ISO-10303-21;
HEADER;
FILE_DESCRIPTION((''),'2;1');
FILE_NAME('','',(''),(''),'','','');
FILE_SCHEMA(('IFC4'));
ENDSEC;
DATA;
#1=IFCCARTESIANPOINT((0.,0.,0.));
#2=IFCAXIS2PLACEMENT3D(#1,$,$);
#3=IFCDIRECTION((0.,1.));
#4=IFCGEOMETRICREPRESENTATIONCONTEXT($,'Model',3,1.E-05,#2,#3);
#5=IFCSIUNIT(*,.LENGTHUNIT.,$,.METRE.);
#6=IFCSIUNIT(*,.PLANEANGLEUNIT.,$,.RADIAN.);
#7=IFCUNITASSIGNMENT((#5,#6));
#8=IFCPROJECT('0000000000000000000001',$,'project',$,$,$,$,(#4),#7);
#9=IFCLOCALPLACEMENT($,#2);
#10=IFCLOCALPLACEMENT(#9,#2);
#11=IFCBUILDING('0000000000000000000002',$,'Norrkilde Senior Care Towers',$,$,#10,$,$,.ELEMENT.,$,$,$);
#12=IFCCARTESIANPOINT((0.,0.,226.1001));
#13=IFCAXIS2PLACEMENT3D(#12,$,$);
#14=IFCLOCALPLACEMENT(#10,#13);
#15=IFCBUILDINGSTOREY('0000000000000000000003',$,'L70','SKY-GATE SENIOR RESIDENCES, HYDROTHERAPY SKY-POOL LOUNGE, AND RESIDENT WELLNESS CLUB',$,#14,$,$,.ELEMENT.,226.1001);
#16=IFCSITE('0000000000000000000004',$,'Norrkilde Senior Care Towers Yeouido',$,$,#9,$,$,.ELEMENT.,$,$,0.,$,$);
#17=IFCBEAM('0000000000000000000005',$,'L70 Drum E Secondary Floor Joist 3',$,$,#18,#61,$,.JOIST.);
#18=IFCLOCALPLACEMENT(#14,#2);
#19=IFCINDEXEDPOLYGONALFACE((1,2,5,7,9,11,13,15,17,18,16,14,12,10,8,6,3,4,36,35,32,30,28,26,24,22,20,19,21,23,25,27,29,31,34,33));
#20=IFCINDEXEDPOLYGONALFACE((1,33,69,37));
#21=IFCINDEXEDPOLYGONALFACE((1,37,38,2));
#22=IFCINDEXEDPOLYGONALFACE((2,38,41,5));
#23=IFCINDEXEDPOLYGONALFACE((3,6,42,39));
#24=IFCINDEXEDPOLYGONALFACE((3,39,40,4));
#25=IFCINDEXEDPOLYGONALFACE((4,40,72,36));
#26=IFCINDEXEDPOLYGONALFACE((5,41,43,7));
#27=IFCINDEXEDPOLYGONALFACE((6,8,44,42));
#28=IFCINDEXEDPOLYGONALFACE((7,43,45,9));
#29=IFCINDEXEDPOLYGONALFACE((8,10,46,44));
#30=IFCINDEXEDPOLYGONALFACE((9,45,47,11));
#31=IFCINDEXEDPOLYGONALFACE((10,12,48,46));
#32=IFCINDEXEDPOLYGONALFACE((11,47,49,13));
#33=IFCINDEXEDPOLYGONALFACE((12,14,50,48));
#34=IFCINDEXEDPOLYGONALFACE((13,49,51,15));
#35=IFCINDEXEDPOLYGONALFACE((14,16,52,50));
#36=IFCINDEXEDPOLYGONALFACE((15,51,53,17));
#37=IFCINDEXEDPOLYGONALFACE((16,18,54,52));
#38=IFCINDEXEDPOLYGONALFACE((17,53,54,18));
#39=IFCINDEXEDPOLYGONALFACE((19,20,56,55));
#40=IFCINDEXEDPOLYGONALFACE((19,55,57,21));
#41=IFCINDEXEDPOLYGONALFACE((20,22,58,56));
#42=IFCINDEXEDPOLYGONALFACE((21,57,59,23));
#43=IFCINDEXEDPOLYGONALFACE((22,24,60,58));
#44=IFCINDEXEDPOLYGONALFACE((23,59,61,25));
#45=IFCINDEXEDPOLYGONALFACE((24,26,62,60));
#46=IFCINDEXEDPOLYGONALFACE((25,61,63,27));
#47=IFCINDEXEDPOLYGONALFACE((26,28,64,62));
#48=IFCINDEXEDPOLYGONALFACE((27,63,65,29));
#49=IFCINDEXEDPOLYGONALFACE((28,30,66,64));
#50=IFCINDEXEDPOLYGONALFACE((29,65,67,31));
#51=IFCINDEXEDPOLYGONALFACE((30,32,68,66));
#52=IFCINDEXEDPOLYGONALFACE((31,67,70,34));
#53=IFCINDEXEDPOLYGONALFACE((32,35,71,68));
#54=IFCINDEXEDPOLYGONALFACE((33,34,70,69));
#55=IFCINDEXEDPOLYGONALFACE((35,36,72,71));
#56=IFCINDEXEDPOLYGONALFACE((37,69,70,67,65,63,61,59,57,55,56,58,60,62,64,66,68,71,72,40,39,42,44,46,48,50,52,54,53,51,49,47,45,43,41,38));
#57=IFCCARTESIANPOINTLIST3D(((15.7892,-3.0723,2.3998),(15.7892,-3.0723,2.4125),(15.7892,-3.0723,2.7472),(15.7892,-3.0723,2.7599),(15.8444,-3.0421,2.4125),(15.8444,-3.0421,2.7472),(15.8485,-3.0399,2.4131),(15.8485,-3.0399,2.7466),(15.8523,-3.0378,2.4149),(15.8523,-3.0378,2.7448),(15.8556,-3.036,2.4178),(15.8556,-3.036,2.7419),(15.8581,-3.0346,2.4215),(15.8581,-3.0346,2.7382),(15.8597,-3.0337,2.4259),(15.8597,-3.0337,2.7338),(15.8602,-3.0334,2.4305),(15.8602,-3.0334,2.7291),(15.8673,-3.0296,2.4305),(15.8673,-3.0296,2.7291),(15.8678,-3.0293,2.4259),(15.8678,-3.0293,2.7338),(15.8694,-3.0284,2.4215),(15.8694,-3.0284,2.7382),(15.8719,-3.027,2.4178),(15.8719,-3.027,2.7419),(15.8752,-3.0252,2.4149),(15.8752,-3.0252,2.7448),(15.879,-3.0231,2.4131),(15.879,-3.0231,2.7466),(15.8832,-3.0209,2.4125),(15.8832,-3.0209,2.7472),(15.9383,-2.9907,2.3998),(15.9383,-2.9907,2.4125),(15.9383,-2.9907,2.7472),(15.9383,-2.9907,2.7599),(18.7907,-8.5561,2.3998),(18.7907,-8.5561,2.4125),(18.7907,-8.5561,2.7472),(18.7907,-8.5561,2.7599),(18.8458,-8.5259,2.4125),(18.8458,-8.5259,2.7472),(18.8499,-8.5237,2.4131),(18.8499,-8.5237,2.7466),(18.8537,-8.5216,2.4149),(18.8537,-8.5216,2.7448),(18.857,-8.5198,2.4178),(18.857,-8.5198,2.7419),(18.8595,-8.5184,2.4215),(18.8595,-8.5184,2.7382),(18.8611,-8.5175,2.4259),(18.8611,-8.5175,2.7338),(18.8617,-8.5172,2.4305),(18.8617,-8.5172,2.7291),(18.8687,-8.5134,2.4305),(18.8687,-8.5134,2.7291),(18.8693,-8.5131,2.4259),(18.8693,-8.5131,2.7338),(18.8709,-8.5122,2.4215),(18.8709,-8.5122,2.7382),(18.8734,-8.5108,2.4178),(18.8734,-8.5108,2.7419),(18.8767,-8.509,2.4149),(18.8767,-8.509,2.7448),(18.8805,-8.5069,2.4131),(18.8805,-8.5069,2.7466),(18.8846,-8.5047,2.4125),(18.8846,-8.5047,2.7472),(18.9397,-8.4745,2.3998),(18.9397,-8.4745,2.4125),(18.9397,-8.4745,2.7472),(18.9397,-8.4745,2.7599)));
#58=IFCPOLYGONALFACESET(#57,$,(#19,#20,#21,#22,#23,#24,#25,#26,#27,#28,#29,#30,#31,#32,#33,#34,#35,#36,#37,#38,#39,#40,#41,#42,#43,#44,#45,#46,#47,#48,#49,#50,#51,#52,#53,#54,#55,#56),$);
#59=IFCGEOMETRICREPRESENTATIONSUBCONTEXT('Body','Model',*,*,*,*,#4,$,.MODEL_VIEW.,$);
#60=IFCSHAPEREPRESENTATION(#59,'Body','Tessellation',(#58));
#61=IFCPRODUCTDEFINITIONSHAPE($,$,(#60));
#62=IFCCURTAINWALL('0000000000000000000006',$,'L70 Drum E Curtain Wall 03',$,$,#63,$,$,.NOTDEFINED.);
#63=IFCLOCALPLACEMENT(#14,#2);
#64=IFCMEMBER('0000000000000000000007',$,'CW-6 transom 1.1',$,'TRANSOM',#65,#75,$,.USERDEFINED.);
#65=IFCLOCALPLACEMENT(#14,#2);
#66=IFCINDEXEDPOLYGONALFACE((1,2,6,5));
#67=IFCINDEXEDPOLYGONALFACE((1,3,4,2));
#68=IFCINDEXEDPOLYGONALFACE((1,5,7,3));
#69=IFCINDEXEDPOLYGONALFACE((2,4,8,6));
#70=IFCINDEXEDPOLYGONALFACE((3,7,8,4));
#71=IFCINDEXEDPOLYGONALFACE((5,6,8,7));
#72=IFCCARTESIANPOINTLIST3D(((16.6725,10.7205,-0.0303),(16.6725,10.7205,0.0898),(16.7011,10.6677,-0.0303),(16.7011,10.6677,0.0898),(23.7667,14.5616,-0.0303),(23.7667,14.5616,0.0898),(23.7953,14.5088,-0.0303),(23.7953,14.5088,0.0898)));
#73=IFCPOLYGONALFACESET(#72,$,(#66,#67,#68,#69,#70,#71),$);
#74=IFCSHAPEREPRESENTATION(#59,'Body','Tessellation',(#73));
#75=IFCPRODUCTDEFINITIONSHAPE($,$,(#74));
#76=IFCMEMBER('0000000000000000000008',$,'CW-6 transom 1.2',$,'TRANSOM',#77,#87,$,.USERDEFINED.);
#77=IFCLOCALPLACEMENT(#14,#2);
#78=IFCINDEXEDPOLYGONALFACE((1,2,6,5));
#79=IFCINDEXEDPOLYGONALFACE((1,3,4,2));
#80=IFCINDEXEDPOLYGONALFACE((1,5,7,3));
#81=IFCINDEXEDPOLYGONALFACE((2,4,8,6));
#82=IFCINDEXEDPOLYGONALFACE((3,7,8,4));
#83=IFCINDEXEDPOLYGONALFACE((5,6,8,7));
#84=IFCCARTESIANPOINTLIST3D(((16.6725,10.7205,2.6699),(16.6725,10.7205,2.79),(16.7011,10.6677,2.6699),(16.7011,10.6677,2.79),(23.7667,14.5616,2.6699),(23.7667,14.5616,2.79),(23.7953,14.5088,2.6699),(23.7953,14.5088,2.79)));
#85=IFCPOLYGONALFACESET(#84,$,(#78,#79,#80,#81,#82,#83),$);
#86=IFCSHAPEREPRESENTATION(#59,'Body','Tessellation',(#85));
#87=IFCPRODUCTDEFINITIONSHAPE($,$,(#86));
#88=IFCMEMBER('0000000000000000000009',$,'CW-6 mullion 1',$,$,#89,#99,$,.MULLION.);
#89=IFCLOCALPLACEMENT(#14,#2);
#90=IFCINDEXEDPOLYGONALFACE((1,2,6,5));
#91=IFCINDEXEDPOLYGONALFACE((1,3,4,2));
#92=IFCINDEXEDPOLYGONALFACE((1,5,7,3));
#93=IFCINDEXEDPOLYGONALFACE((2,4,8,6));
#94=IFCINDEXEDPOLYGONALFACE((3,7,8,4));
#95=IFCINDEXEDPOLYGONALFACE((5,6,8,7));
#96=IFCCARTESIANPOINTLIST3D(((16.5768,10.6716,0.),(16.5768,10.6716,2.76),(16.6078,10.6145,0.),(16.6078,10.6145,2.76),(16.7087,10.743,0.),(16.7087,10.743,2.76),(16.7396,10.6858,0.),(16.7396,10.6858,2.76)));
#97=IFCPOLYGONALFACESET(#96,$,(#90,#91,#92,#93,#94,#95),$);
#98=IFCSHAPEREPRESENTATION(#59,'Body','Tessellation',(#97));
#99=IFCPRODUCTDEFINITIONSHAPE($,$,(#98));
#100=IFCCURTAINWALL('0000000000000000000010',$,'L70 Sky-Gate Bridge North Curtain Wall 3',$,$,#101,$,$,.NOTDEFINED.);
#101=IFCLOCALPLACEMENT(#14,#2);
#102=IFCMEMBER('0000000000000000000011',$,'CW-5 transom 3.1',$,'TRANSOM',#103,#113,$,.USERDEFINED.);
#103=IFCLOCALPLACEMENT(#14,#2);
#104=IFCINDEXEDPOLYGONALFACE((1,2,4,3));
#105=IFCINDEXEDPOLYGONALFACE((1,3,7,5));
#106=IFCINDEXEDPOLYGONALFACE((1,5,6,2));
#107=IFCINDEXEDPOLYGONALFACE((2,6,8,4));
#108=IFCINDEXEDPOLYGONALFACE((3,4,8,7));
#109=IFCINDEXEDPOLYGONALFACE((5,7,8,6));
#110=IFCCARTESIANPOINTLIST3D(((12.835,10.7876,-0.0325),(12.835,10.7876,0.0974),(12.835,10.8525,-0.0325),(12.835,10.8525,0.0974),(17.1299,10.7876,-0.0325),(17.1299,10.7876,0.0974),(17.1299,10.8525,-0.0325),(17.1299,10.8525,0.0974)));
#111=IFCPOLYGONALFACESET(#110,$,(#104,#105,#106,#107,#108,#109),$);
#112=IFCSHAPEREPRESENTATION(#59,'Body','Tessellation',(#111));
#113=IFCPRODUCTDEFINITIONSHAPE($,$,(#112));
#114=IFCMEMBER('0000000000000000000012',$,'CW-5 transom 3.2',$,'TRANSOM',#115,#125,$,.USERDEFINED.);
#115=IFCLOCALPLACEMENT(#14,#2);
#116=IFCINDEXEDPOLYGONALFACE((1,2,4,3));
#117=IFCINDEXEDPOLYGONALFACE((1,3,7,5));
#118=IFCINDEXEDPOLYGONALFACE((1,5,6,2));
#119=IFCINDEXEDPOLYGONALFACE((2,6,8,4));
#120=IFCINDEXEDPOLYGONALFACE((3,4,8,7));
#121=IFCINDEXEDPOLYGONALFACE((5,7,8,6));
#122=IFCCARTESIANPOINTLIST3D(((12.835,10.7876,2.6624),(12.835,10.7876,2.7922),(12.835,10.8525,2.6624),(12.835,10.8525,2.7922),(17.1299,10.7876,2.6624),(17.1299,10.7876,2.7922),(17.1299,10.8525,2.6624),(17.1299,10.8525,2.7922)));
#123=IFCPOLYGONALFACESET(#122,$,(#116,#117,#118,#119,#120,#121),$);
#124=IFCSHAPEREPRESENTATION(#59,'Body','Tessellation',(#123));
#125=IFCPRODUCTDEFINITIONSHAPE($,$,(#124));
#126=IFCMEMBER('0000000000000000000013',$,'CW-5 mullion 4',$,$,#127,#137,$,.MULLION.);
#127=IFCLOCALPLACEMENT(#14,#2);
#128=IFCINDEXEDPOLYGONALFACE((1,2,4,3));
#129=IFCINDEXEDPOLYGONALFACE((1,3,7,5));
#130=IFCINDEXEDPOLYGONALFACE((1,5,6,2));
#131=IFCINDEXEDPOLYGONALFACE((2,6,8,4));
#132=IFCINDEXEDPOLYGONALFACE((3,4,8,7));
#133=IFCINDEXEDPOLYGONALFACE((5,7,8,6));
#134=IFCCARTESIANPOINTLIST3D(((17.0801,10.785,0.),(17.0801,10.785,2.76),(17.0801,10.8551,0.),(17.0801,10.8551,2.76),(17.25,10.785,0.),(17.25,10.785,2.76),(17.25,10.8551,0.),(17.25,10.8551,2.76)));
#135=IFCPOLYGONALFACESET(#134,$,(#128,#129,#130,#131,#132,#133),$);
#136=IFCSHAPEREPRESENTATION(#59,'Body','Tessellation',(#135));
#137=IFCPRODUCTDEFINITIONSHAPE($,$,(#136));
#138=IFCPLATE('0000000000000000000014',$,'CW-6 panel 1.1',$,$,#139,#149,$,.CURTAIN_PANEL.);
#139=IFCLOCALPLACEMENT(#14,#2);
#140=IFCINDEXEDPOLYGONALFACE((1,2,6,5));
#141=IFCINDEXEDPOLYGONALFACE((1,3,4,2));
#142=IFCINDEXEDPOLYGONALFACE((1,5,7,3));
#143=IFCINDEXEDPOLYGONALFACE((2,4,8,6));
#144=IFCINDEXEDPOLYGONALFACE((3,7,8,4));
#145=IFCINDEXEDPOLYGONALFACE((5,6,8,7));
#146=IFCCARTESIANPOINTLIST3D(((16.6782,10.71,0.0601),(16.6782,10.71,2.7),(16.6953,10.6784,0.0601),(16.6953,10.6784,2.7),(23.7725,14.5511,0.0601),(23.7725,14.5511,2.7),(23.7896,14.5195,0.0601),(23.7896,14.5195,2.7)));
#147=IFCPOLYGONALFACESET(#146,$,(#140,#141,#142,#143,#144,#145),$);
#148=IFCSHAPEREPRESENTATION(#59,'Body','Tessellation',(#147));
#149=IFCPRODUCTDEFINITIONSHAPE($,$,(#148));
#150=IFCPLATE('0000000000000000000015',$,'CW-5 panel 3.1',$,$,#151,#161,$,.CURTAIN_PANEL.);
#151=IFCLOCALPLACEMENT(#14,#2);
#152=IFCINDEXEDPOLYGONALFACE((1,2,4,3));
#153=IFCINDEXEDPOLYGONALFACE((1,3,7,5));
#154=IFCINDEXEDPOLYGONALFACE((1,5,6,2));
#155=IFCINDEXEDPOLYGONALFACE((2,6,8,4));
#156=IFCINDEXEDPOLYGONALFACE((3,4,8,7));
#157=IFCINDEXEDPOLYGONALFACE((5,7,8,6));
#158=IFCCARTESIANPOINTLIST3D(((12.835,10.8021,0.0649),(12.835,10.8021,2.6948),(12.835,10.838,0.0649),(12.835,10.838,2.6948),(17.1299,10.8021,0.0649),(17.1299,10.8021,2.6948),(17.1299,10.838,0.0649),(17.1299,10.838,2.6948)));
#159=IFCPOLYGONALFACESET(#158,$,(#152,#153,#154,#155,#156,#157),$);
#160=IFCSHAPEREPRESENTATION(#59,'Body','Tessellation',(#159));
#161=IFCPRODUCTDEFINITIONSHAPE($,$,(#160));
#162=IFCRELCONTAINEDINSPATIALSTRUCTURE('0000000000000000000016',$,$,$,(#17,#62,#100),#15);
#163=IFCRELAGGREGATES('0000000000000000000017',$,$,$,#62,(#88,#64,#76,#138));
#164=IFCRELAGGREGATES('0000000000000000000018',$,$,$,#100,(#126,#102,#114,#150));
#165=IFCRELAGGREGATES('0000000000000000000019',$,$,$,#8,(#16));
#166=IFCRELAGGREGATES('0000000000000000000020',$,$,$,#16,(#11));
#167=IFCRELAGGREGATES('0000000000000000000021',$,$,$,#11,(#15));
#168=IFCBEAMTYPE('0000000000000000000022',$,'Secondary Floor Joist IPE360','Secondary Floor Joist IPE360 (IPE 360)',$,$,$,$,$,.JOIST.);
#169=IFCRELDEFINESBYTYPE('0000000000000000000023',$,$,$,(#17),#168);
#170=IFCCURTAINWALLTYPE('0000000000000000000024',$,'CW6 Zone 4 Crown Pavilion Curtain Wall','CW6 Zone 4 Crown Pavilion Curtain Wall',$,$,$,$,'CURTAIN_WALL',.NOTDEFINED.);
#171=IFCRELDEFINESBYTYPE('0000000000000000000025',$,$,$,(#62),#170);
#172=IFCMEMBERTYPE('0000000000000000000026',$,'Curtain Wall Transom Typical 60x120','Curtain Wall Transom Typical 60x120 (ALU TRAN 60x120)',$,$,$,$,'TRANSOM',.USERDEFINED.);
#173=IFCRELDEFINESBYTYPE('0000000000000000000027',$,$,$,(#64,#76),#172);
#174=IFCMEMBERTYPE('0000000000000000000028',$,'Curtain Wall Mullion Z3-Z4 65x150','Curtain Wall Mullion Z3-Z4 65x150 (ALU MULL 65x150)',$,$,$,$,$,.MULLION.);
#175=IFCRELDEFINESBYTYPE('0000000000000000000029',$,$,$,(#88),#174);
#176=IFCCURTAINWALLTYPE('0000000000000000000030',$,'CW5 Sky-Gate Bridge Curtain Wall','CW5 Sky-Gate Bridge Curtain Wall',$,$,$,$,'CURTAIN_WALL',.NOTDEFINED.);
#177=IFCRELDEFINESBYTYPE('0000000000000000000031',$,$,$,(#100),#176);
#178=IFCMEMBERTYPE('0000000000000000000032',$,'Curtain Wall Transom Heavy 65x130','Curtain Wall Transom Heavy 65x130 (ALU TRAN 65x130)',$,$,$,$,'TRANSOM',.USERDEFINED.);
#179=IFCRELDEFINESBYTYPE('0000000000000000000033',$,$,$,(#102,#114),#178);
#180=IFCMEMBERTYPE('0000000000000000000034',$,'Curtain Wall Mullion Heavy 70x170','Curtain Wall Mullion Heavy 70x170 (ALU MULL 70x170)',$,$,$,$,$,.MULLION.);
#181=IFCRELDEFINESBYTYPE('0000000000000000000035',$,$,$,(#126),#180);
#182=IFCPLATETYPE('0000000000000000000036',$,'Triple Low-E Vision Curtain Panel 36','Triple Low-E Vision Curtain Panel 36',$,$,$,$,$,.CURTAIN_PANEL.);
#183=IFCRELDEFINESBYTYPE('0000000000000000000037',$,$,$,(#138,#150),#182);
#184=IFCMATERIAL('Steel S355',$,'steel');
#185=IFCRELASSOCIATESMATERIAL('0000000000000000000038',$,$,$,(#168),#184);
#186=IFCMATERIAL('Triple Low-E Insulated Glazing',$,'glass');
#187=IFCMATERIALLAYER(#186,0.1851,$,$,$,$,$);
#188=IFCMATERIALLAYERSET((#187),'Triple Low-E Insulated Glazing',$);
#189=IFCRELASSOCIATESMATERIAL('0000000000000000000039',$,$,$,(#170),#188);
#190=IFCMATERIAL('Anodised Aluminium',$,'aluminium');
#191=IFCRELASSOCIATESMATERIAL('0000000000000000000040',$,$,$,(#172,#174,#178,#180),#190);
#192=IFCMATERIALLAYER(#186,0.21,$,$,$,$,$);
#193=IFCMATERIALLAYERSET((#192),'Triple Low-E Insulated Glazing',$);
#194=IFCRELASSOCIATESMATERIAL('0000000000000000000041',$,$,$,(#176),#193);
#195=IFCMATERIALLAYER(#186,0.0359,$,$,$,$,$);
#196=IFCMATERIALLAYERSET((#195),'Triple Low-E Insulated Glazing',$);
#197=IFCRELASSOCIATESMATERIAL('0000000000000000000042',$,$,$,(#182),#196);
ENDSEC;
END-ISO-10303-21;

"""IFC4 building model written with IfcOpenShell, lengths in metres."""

from ifc_helpers import new_model, si_unit, direction, frame, origin, origin_2d, place, context, subcontext, project, spatial, rectangle, i_section, extrude, source, transform, mapped, material, layer, layer_set, material_profile, profile_set, type_object, type_shapes, element, aggregate, save


model = new_model("IFC4")

# Units and contexts
model_context = context("Model", 3, precision=1e-05, world=origin(), true_north=direction((0.0, 1.0)))
body_context = subcontext(model_context, "Body", "Model", "MODEL_VIEW")
ifc_project = project(units=[si_unit("LENGTHUNIT", "METRE"), si_unit("PLANEANGLEUNIT", "RADIAN")], contexts=[model_context])

# Site, building, storey
site_placement = place(None, origin())
site = spatial("IfcSite", under=ifc_project, at=site_placement, Name="Norrkilde Senior Care Towers Yeouido", CompositionType="ELEMENT", RefElevation=0.0)
building_placement = place(site_placement, origin())
building = spatial("IfcBuilding", under=site, at=building_placement, Name="Norrkilde Senior Care Towers", CompositionType="ELEMENT")
storey_placement = place(building_placement, frame((0.0, 0.0, 226.1001)))
storey = spatial("IfcBuildingStorey", under=building, at=storey_placement, Name="L70", Description="SKY-GATE SENIOR RESIDENCES, HYDROTHERAPY SKY-POOL LOUNGE, AND RESIDENT WELLNESS CLUB", CompositionType="ELEMENT", Elevation=226.1001)

# Beam
ifc_material_1 = material(Name="Steel S355", Category="steel")
ifc_material_profile_1 = material_profile(ifc_material_1, i_section(OverallWidth=0.1699, OverallDepth=0.3601, WebThickness=0.0081, FlangeThickness=0.0127, FilletRadius=0.0181, at=origin_2d()), Name="IPE 360")
ifc_profile_set_1 = profile_set([ifc_material_profile_1], Name="Steel S355")
beam_type_1 = type_object("IfcBeamType", Name="Secondary Floor Joist IPE360", Description="Secondary Floor Joist IPE360 (IPE 360)", PredefinedType="JOIST", material=ifc_profile_set_1)
shared_shape_1 = source(origin(), body_context, "Body", "SweptSolid", [
    extrude(i_section(OverallWidth=0.1699, OverallDepth=0.3601, WebThickness=0.0081, FlangeThickness=0.0127, FilletRadius=0.0181, at=origin_2d()), origin(), (0.0, 0.0, 1.0), 6.2515),
])
type_shapes(beam_type_1, [shared_shape_1])
beam_1_placement = place(storey_placement, frame((15.8638, -3.0315, 2.5798), z_axis=(0.480116, -0.877205, 0.0), x_axis=(0.877205, 0.480116, 0.0)))
element("IfcBeam", 1, at=beam_1_placement, inside=storey, type_object=beam_type_1, Name="L70 Drum E Secondary Floor Joist 3", PredefinedType="JOIST", context=body_context, shape_type="MappedRepresentation", body=[
    mapped(shared_shape_1, transform((0.0, 0.0, 0.0), x_axis=(1.0, 0.0, 0.0), y_axis=(0.0, 1.0, 0.0), z_axis=(0.0, 0.0, 1.0), scale=1.0)),
])

# Curtain walls, members
ifc_material_2 = material(Name="Triple Low-E Insulated Glazing", Category="glass")
ifc_layer_1 = layer(ifc_material_2, 0.1851)
ifc_layer_set_1 = layer_set([ifc_layer_1], Name="Triple Low-E Insulated Glazing")
curtain_wall_type_1 = type_object("IfcCurtainWallType", Name="CW6 Zone 4 Crown Pavilion Curtain Wall", Description="CW6 Zone 4 Crown Pavilion Curtain Wall", ElementType="CURTAIN_WALL", PredefinedType="NOTDEFINED", material=ifc_layer_set_1)
curtain_wall_1_placement = place(storey_placement, origin())
curtain_wall_1 = element("IfcCurtainWall", 2, at=curtain_wall_1_placement, inside=storey, type_object=curtain_wall_type_1, Name="L70 Drum E Curtain Wall 03", PredefinedType="NOTDEFINED")
ifc_material_3 = material(Name="Anodised Aluminium", Category="aluminium")
ifc_material_profile_2 = material_profile(ifc_material_3, rectangle(XDim=0.0601, YDim=0.1201, at=origin_2d()), Name="ALU TRAN 60x120")
ifc_profile_set_2 = profile_set([ifc_material_profile_2], Name="Anodised Aluminium")
member_type_1 = type_object("IfcMemberType", Name="Curtain Wall Transom Typical 60x120", Description="Curtain Wall Transom Typical 60x120 (ALU TRAN 60x120)", ElementType="TRANSOM", PredefinedType="USERDEFINED", material=ifc_profile_set_2)
shared_shape_2 = source(origin(), body_context, "Body", "SweptSolid", [
    extrude(rectangle(XDim=0.0601, YDim=0.1201, at=origin_2d()), origin(), (0.0, 0.0, 1.0), 8.0674),
])
type_shapes(member_type_1, [shared_shape_2])
member_1_placement = place(storey_placement, frame((16.6868, 10.6941, 0.0298), z_axis=(0.879378, 0.476125, 0.0), x_axis=(-0.476125, 0.879378, 0.0)))
member_1 = element("IfcMember", 3, at=member_1_placement, type_object=member_type_1, Name="CW-6 transom 1.1", ObjectType="TRANSOM", PredefinedType="USERDEFINED", context=body_context, shape_type="MappedRepresentation", body=[
    mapped(shared_shape_2, transform((0.0, 0.0, 0.0), x_axis=(1.0, 0.0, 0.0), y_axis=(0.0, 1.0, 0.0), z_axis=(0.0, 0.0, 1.0), scale=1.0)),
])
member_2_placement = place(storey_placement, frame((16.6868, 10.6941, 2.73), z_axis=(0.879378, 0.476125, 0.0), x_axis=(-0.476125, 0.879378, 0.0)))
member_2 = element("IfcMember", 4, at=member_2_placement, type_object=member_type_1, Name="CW-6 transom 1.2", ObjectType="TRANSOM", PredefinedType="USERDEFINED", context=body_context, shape_type="MappedRepresentation", body=[
    mapped(shared_shape_2, transform((0.0, 0.0, 0.0), x_axis=(1.0, 0.0, 0.0), y_axis=(0.0, 1.0, 0.0), z_axis=(0.0, 0.0, 1.0), scale=1.0)),
])
ifc_material_profile_3 = material_profile(ifc_material_3, rectangle(XDim=0.0649, YDim=0.1499, at=origin_2d()), Name="ALU MULL 65x150")
ifc_profile_set_3 = profile_set([ifc_material_profile_3], Name="Anodised Aluminium")
member_type_2 = type_object("IfcMemberType", Name="Curtain Wall Mullion Z3-Z4 65x150", Description="Curtain Wall Mullion Z3-Z4 65x150 (ALU MULL 65x150)", PredefinedType="MULLION", material=ifc_profile_set_3)
shared_shape_3 = source(origin(), body_context, "Body", "SweptSolid", [
    extrude(rectangle(XDim=0.0649, YDim=0.1499, at=origin_2d()), origin(), (0.0, 0.0, 1.0), 2.76),
])
type_shapes(member_type_2, [shared_shape_3])
member_3_placement = place(storey_placement, frame((16.6582, 10.6787, 0.0), z_axis=(0.0, 0.0, 1.0), x_axis=(-0.476133, 0.879373, 0.0)))
member_3 = element("IfcMember", 5, at=member_3_placement, type_object=member_type_2, Name="CW-6 mullion 1", PredefinedType="MULLION", context=body_context, shape_type="MappedRepresentation", body=[
    mapped(shared_shape_3, transform((0.0, 0.0, 0.0), x_axis=(1.0, 0.0, 0.0), y_axis=(0.0, 1.0, 0.0), z_axis=(0.0, 0.0, 1.0), scale=1.0)),
])
ifc_layer_2 = layer(ifc_material_2, 0.21)
ifc_layer_set_2 = layer_set([ifc_layer_2], Name="Triple Low-E Insulated Glazing")
curtain_wall_type_2 = type_object("IfcCurtainWallType", Name="CW5 Sky-Gate Bridge Curtain Wall", Description="CW5 Sky-Gate Bridge Curtain Wall", ElementType="CURTAIN_WALL", PredefinedType="NOTDEFINED", material=ifc_layer_set_2)
curtain_wall_2_placement = place(storey_placement, origin())
curtain_wall_2 = element("IfcCurtainWall", 6, at=curtain_wall_2_placement, inside=storey, type_object=curtain_wall_type_2, Name="L70 Sky-Gate Bridge North Curtain Wall 3", PredefinedType="NOTDEFINED")
ifc_material_profile_4 = material_profile(ifc_material_3, rectangle(XDim=0.0649, YDim=0.1299, at=origin_2d()), Name="ALU TRAN 65x130")
ifc_profile_set_4 = profile_set([ifc_material_profile_4], Name="Anodised Aluminium")
member_type_3 = type_object("IfcMemberType", Name="Curtain Wall Transom Heavy 65x130", Description="Curtain Wall Transom Heavy 65x130 (ALU TRAN 65x130)", ElementType="TRANSOM", PredefinedType="USERDEFINED", material=ifc_profile_set_4)
shared_shape_4 = source(origin(), body_context, "Body", "SweptSolid", [
    extrude(rectangle(XDim=0.0649, YDim=0.1299, at=origin_2d()), origin(), (0.0, 0.0, 1.0), 4.2949),
])
type_shapes(member_type_3, [shared_shape_4])
member_4_placement = place(storey_placement, frame((12.835, 10.8201, 0.0325), z_axis=(1.0, 0.0, 0.0), x_axis=(0.0, 1.0, 0.0)))
member_4 = element("IfcMember", 7, at=member_4_placement, type_object=member_type_3, Name="CW-5 transom 3.1", ObjectType="TRANSOM", PredefinedType="USERDEFINED", context=body_context, shape_type="MappedRepresentation", body=[
    mapped(shared_shape_4, transform((0.0, 0.0, 0.0), x_axis=(1.0, 0.0, 0.0), y_axis=(0.0, 1.0, 0.0), z_axis=(0.0, 0.0, 1.0), scale=1.0)),
])
member_5_placement = place(storey_placement, frame((12.835, 10.8201, 2.7273), z_axis=(1.0, 0.0, 0.0), x_axis=(0.0, 1.0, 0.0)))
member_5 = element("IfcMember", 8, at=member_5_placement, type_object=member_type_3, Name="CW-5 transom 3.2", ObjectType="TRANSOM", PredefinedType="USERDEFINED", context=body_context, shape_type="MappedRepresentation", body=[
    mapped(shared_shape_4, transform((0.0, 0.0, 0.0), x_axis=(1.0, 0.0, 0.0), y_axis=(0.0, 1.0, 0.0), z_axis=(0.0, 0.0, 1.0), scale=1.0)),
])
ifc_material_profile_5 = material_profile(ifc_material_3, rectangle(XDim=0.0701, YDim=0.1699, at=origin_2d()), Name="ALU MULL 70x170")
ifc_profile_set_5 = profile_set([ifc_material_profile_5], Name="Anodised Aluminium")
member_type_4 = type_object("IfcMemberType", Name="Curtain Wall Mullion Heavy 70x170", Description="Curtain Wall Mullion Heavy 70x170 (ALU MULL 70x170)", PredefinedType="MULLION", material=ifc_profile_set_5)
shared_shape_5 = source(origin(), body_context, "Body", "SweptSolid", [
    extrude(rectangle(XDim=0.0701, YDim=0.1699, at=origin_2d()), origin(), (0.0, 0.0, 1.0), 2.76),
])
type_shapes(member_type_4, [shared_shape_5])
member_6_placement = place(storey_placement, frame((17.165, 10.8201, 0.0), z_axis=(0.0, 0.0, 1.0), x_axis=(0.0, 1.0, 0.0)))
member_6 = element("IfcMember", 9, at=member_6_placement, type_object=member_type_4, Name="CW-5 mullion 4", PredefinedType="MULLION", context=body_context, shape_type="MappedRepresentation", body=[
    mapped(shared_shape_5, transform((0.0, 0.0, 0.0), x_axis=(1.0, 0.0, 0.0), y_axis=(0.0, 1.0, 0.0), z_axis=(0.0, 0.0, 1.0), scale=1.0)),
])

# Plates
ifc_layer_3 = layer(ifc_material_2, 0.0359)
ifc_layer_set_3 = layer_set([ifc_layer_3], Name="Triple Low-E Insulated Glazing")
plate_type = type_object("IfcPlateType", Name="Triple Low-E Vision Curtain Panel 36", Description="Triple Low-E Vision Curtain Panel 36", PredefinedType="CURTAIN_PANEL", material=ifc_layer_set_3)
shared_shape_6 = source(origin(), body_context, "Body", "SweptSolid", [
    extrude(rectangle(XDim=8.0674, YDim=0.0359, at=origin_2d()), origin(), (0.0, 0.0, 1.0), 2.6399),
])
plate_1_placement = place(storey_placement, frame((20.2339, 12.6147, 0.0601), z_axis=(0.0, 0.0, 1.0), x_axis=(0.879373, 0.476133, 0.0)))
plate_1 = element("IfcPlate", 10, at=plate_1_placement, type_object=plate_type, Name="CW-6 panel 1.1", PredefinedType="CURTAIN_PANEL", context=body_context, shape_type="MappedRepresentation", body=[
    mapped(shared_shape_6, transform((0.0, 0.0, 0.0), x_axis=(1.0, 0.0, 0.0), y_axis=(0.0, 1.0, 0.0), z_axis=(0.0, 0.0, 1.0), scale=1.0)),
])
aggregate(curtain_wall_1, [member_3, member_1, member_2, plate_1])
shared_shape_7 = source(origin(), body_context, "Body", "SweptSolid", [
    extrude(rectangle(XDim=4.2949, YDim=0.0359, at=origin_2d()), origin(), (0.0, 0.0, 1.0), 2.6299),
])
type_shapes(plate_type, [shared_shape_6, shared_shape_7])
plate_2_placement = place(storey_placement, frame((14.9824, 10.8201, 0.0649), z_axis=(0.0, 0.0, 1.0), x_axis=(1.0, 0.0, 0.0)))
plate_2 = element("IfcPlate", 11, at=plate_2_placement, type_object=plate_type, Name="CW-5 panel 3.1", PredefinedType="CURTAIN_PANEL", context=body_context, shape_type="MappedRepresentation", body=[
    mapped(shared_shape_7, transform((0.0, 0.0, 0.0), x_axis=(1.0, 0.0, 0.0), y_axis=(0.0, 1.0, 0.0), z_axis=(0.0, 0.0, 1.0), scale=1.0)),
])
aggregate(curtain_wall_2, [member_6, member_4, member_5, plate_2])

save(model, "model.ifc")
